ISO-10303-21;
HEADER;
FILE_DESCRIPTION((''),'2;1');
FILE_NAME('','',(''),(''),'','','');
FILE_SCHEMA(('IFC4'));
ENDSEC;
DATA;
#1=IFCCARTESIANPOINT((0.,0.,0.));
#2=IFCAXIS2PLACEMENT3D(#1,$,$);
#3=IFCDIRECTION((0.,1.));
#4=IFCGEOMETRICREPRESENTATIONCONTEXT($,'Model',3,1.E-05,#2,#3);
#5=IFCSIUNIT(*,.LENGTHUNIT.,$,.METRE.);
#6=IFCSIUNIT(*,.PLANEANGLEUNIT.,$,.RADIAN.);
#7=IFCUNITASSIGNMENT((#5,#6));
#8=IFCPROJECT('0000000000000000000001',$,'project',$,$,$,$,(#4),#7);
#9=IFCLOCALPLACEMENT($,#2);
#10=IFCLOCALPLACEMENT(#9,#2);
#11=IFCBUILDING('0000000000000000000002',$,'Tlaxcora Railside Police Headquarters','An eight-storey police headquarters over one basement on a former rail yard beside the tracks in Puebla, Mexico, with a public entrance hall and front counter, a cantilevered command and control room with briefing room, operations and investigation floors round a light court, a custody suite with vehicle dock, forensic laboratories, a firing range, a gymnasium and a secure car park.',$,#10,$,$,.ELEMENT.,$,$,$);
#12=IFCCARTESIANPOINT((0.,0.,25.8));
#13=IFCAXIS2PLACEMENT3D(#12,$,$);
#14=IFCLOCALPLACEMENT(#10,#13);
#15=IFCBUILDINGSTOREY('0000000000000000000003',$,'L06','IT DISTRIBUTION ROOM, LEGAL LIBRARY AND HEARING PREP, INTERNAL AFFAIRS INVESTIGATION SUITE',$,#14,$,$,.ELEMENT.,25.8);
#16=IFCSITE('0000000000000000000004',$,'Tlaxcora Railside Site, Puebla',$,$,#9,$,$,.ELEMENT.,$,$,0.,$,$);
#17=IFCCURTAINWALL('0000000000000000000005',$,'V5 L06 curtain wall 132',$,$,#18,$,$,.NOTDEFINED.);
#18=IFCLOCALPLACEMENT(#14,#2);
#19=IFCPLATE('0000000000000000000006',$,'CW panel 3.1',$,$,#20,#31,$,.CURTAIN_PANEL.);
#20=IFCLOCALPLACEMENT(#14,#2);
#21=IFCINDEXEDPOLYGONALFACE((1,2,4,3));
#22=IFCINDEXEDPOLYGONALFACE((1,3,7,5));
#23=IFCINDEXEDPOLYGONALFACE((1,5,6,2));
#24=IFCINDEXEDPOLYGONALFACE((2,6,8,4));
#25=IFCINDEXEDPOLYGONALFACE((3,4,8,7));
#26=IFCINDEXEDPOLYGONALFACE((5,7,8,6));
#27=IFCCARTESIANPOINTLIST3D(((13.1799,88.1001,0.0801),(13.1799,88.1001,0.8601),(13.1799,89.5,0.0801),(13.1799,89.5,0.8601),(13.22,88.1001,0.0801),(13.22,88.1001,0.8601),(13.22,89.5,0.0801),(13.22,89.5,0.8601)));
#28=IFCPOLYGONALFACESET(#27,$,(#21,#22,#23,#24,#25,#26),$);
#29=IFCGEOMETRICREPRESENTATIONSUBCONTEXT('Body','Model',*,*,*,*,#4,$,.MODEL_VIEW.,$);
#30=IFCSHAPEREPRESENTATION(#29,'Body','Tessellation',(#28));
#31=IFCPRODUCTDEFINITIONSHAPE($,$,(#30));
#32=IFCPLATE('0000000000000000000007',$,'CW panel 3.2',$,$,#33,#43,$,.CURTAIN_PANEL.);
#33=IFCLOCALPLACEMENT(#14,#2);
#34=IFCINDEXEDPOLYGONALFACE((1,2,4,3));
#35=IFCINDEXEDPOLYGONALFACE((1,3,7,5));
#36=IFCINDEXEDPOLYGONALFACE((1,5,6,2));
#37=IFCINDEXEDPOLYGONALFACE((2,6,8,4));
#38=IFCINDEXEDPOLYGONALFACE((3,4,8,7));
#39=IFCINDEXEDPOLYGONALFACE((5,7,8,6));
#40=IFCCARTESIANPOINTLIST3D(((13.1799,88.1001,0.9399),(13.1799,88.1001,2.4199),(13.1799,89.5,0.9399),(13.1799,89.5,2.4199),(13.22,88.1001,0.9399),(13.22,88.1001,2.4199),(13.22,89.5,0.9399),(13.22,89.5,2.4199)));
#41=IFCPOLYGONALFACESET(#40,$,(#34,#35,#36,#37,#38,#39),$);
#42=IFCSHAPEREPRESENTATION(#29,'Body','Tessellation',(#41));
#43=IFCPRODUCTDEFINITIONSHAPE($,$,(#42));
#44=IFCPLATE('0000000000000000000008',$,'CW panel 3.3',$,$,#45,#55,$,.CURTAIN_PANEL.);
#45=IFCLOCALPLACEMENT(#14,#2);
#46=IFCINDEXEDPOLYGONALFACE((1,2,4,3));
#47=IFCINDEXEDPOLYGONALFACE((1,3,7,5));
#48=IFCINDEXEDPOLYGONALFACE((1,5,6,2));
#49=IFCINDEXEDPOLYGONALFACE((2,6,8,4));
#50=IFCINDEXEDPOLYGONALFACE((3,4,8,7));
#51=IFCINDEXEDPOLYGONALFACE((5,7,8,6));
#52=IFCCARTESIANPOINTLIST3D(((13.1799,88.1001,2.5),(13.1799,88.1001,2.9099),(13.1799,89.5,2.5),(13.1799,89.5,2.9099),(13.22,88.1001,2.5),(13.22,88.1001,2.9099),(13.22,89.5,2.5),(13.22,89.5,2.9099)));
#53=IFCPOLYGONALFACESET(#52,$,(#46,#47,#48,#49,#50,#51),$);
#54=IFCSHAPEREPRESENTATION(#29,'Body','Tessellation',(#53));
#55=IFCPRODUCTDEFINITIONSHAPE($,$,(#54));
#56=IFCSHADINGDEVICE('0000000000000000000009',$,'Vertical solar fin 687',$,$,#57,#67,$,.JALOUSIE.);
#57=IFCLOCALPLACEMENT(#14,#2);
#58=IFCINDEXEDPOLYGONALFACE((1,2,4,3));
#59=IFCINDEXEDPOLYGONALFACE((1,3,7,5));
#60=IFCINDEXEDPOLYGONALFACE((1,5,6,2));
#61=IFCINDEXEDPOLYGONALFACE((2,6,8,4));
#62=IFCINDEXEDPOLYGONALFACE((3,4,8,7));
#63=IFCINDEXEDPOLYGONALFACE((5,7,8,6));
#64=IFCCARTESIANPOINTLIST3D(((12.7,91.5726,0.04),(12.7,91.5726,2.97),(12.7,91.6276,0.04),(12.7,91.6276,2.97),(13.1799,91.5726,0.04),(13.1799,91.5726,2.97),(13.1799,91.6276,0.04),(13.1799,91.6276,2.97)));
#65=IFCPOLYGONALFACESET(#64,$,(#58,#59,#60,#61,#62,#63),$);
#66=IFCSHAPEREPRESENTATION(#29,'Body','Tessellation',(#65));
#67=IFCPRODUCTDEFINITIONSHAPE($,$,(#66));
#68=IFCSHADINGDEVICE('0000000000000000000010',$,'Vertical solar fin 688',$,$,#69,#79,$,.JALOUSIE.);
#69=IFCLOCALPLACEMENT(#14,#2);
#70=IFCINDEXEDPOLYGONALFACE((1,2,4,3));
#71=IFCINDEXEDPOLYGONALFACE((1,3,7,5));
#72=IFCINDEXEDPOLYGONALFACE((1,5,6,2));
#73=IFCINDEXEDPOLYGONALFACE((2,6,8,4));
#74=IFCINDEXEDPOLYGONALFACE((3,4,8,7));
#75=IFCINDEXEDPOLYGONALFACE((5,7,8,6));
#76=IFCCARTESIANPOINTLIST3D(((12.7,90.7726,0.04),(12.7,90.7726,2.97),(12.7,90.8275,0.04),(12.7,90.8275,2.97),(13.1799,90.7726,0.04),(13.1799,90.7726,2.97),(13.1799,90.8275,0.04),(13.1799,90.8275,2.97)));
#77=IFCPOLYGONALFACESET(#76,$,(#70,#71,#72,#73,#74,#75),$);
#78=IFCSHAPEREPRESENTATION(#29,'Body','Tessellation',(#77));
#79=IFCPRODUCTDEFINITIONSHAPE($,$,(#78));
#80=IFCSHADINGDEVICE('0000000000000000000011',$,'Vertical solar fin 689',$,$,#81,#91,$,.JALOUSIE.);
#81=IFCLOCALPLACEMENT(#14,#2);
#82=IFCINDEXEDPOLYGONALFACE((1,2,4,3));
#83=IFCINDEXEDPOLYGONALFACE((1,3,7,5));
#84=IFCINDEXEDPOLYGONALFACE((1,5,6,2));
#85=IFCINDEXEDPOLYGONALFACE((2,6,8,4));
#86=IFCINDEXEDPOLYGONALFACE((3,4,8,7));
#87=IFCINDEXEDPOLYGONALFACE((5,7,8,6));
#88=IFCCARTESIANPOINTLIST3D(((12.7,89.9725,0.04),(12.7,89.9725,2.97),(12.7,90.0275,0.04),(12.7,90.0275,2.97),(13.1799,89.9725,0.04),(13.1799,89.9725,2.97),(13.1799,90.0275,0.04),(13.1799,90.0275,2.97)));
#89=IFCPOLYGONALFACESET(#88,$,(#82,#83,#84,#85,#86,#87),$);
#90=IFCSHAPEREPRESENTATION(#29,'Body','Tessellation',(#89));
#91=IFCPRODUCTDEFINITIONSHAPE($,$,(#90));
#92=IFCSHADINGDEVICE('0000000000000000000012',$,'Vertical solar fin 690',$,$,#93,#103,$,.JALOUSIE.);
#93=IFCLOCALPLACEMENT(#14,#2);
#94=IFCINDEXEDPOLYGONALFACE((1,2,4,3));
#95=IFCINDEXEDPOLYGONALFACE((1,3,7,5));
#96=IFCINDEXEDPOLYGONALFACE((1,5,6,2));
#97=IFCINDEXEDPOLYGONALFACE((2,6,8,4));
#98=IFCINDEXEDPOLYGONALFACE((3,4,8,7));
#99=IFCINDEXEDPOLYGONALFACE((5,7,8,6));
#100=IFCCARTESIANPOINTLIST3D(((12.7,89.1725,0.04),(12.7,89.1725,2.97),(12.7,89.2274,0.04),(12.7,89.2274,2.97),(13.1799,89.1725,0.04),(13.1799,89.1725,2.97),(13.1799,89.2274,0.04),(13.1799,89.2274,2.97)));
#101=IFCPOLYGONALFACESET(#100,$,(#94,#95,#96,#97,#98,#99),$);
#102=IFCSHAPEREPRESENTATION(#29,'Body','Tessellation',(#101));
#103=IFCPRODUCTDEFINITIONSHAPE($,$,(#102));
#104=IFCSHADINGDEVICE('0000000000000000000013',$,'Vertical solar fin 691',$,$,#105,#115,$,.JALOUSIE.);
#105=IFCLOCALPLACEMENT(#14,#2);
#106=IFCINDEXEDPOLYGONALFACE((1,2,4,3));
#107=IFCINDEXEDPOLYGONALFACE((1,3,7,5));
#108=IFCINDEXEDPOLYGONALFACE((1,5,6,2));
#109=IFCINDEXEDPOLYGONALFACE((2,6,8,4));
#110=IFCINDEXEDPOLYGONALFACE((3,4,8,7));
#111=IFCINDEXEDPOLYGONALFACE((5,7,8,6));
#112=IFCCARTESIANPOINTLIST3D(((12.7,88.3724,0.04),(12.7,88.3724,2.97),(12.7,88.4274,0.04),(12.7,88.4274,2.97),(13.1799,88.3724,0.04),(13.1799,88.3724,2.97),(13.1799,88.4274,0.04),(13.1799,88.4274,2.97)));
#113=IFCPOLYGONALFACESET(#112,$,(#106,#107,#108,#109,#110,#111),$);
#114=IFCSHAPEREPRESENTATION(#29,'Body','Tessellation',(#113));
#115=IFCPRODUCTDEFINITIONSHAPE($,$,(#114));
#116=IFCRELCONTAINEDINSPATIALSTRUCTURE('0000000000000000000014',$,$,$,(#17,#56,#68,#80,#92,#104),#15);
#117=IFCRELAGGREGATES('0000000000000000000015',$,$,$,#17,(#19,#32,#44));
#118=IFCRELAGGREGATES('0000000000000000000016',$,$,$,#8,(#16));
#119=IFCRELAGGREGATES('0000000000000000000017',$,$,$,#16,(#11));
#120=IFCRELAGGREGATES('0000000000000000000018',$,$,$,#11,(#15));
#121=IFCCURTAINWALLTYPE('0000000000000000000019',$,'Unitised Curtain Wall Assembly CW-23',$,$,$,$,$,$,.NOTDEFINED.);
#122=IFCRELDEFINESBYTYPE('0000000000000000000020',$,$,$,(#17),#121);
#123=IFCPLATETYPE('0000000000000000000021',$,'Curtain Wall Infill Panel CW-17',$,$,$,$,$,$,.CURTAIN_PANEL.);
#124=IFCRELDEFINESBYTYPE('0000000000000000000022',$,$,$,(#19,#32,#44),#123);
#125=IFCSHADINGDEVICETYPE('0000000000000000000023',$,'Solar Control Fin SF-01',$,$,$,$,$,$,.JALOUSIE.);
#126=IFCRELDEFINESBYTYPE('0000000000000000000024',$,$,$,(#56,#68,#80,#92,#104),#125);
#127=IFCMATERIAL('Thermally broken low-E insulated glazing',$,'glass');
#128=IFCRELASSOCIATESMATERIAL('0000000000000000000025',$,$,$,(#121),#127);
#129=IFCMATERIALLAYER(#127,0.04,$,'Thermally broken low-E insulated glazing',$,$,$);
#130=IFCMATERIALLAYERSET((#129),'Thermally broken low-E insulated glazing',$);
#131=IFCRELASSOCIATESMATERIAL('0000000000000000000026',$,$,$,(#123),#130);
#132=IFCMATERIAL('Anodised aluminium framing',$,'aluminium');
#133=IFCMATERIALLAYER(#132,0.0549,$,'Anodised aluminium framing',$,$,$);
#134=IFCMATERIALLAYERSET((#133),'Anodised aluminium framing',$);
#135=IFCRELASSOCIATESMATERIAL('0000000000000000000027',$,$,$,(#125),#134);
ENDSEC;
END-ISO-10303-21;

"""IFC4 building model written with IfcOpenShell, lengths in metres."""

from ifc_helpers import new_model, si_unit, direction, frame, origin, origin_2d, place, context, subcontext, project, spatial, rectangle, extrude, material, layer, layer_set, type_object, element, aggregate, save


model = new_model("IFC4")

# Units and contexts
model_context = context("Model", 3, precision=1e-05, world=origin(), true_north=direction((0.0, 1.0)))
body_context = subcontext(model_context, "Body", "Model", "MODEL_VIEW")
ifc_project = project(units=[si_unit("LENGTHUNIT", "METRE"), si_unit("PLANEANGLEUNIT", "RADIAN")], contexts=[model_context])

# Site, building, storey
site_placement = place(None, origin())
site = spatial("IfcSite", under=ifc_project, at=site_placement, Name="Tlaxcora Railside Site, Puebla", CompositionType="ELEMENT", RefElevation=0.0)
building_placement = place(site_placement, origin())
building = spatial("IfcBuilding", under=site, at=building_placement, Name="Tlaxcora Railside Police Headquarters", Description="An eight-storey police headquarters over one basement on a former rail yard beside the tracks in Puebla, Mexico, with a public entrance hall and front counter, a cantilevered command and control room with briefing room, operations and investigation floors round a light court, a custody suite with vehicle dock, forensic laboratories, a firing range, a gymnasium and a secure car park.", CompositionType="ELEMENT")
storey_placement = place(building_placement, frame((0.0, 0.0, 25.8)))
storey = spatial("IfcBuildingStorey", under=building, at=storey_placement, Name="L06", Description="IT DISTRIBUTION ROOM, LEGAL LIBRARY AND HEARING PREP, INTERNAL AFFAIRS INVESTIGATION SUITE", CompositionType="ELEMENT", Elevation=25.8)

# Curtain wall, plates
ifc_material_1 = material(Name="Thermally broken low-E insulated glazing", Category="glass")
curtain_wall_type = type_object("IfcCurtainWallType", Name="Unitised Curtain Wall Assembly CW-23", PredefinedType="NOTDEFINED", material=ifc_material_1)
curtain_wall_placement = place(storey_placement, origin())
curtain_wall = element("IfcCurtainWall", 1, at=curtain_wall_placement, inside=storey, type_object=curtain_wall_type, Name="V5 L06 curtain wall 132", PredefinedType="NOTDEFINED")
ifc_material_2 = material(Name="Anodised aluminium framing", Category="aluminium")
ifc_layer_1 = layer(ifc_material_1, 0.04, Name="Thermally broken low-E insulated glazing")
ifc_layer_set_1 = layer_set([ifc_layer_1], Name="Thermally broken low-E insulated glazing")
plate_type = type_object("IfcPlateType", Name="Curtain Wall Infill Panel CW-17", PredefinedType="CURTAIN_PANEL", material=ifc_layer_set_1)
plate_1_placement = place(storey_placement, frame((13.2, 88.8, 0.0801), z_axis=(0.0, 0.0, 1.0), x_axis=(0.0, -1.0, 0.0)))
plate_1 = element("IfcPlate", 2, at=plate_1_placement, type_object=plate_type, Name="CW panel 3.1", PredefinedType="CURTAIN_PANEL", context=body_context, shape_type="SweptSolid", body=[
    extrude(rectangle(XDim=1.3999, YDim=0.04, at=origin_2d()), origin(), (0.0, 0.0, 1.0), 0.78),
])
plate_2_placement = place(storey_placement, frame((13.2, 88.8, 0.9399), z_axis=(0.0, 0.0, 1.0), x_axis=(0.0, -1.0, 0.0)))
plate_2 = element("IfcPlate", 3, at=plate_2_placement, type_object=plate_type, Name="CW panel 3.2", PredefinedType="CURTAIN_PANEL", context=body_context, shape_type="SweptSolid", body=[
    extrude(rectangle(XDim=1.3999, YDim=0.04, at=origin_2d()), origin(), (0.0, 0.0, 1.0), 1.48),
])
plate_3_placement = place(storey_placement, frame((13.2, 88.8, 2.5), z_axis=(0.0, 0.0, 1.0), x_axis=(0.0, -1.0, 0.0)))
plate_3 = element("IfcPlate", 4, at=plate_3_placement, type_object=plate_type, Name="CW panel 3.3", PredefinedType="CURTAIN_PANEL", context=body_context, shape_type="SweptSolid", body=[
    extrude(rectangle(XDim=1.3999, YDim=0.04, at=origin_2d()), origin(), (0.0, 0.0, 1.0), 0.4099),
])
aggregate(curtain_wall, [plate_1, plate_2, plate_3])

# Shading devices
ifc_layer_2 = layer(ifc_material_2, 0.0549, Name="Anodised aluminium framing")
ifc_layer_set_2 = layer_set([ifc_layer_2], Name="Anodised aluminium framing")
shading_device_type = type_object("IfcShadingDeviceType", Name="Solar Control Fin SF-01", PredefinedType="JALOUSIE", material=ifc_layer_set_2)
for number, where, z_axis, x_axis, name in (
    (5, (12.9399, 91.6001, 0.04), (0.0, 0.0, 1.0), (-1.0, 0.0, 0.0), "Vertical solar fin 687"),
    (6, (12.9399, 90.8, 0.04), (0.0, 0.0, 1.0), (-1.0, 0.0, 0.0), "Vertical solar fin 688"),
    (7, (12.9399, 90.0, 0.04), (0.0, 0.0, 1.0), (-1.0, 0.0, 0.0), "Vertical solar fin 689"),
    (8, (12.9399, 89.2, 0.04), (0.0, 0.0, 1.0), (-1.0, 0.0, 0.0), "Vertical solar fin 690"),
    (9, (12.9399, 88.3999, 0.04), (0.0, 0.0, 1.0), (-1.0, 0.0, 0.0), "Vertical solar fin 691"),
):
    element("IfcShadingDevice", number, at=place(storey_placement, frame(where, z_axis=z_axis, x_axis=x_axis)), inside=storey, type_object=shading_device_type, Name=name, PredefinedType="JALOUSIE", context=body_context, shape_type="SweptSolid", body=[
        extrude(rectangle(XDim=0.48, YDim=0.0549, at=origin_2d()), origin(), (0.0, 0.0, 1.0), 2.9299),
    ])

save(model, "model.ifc")
